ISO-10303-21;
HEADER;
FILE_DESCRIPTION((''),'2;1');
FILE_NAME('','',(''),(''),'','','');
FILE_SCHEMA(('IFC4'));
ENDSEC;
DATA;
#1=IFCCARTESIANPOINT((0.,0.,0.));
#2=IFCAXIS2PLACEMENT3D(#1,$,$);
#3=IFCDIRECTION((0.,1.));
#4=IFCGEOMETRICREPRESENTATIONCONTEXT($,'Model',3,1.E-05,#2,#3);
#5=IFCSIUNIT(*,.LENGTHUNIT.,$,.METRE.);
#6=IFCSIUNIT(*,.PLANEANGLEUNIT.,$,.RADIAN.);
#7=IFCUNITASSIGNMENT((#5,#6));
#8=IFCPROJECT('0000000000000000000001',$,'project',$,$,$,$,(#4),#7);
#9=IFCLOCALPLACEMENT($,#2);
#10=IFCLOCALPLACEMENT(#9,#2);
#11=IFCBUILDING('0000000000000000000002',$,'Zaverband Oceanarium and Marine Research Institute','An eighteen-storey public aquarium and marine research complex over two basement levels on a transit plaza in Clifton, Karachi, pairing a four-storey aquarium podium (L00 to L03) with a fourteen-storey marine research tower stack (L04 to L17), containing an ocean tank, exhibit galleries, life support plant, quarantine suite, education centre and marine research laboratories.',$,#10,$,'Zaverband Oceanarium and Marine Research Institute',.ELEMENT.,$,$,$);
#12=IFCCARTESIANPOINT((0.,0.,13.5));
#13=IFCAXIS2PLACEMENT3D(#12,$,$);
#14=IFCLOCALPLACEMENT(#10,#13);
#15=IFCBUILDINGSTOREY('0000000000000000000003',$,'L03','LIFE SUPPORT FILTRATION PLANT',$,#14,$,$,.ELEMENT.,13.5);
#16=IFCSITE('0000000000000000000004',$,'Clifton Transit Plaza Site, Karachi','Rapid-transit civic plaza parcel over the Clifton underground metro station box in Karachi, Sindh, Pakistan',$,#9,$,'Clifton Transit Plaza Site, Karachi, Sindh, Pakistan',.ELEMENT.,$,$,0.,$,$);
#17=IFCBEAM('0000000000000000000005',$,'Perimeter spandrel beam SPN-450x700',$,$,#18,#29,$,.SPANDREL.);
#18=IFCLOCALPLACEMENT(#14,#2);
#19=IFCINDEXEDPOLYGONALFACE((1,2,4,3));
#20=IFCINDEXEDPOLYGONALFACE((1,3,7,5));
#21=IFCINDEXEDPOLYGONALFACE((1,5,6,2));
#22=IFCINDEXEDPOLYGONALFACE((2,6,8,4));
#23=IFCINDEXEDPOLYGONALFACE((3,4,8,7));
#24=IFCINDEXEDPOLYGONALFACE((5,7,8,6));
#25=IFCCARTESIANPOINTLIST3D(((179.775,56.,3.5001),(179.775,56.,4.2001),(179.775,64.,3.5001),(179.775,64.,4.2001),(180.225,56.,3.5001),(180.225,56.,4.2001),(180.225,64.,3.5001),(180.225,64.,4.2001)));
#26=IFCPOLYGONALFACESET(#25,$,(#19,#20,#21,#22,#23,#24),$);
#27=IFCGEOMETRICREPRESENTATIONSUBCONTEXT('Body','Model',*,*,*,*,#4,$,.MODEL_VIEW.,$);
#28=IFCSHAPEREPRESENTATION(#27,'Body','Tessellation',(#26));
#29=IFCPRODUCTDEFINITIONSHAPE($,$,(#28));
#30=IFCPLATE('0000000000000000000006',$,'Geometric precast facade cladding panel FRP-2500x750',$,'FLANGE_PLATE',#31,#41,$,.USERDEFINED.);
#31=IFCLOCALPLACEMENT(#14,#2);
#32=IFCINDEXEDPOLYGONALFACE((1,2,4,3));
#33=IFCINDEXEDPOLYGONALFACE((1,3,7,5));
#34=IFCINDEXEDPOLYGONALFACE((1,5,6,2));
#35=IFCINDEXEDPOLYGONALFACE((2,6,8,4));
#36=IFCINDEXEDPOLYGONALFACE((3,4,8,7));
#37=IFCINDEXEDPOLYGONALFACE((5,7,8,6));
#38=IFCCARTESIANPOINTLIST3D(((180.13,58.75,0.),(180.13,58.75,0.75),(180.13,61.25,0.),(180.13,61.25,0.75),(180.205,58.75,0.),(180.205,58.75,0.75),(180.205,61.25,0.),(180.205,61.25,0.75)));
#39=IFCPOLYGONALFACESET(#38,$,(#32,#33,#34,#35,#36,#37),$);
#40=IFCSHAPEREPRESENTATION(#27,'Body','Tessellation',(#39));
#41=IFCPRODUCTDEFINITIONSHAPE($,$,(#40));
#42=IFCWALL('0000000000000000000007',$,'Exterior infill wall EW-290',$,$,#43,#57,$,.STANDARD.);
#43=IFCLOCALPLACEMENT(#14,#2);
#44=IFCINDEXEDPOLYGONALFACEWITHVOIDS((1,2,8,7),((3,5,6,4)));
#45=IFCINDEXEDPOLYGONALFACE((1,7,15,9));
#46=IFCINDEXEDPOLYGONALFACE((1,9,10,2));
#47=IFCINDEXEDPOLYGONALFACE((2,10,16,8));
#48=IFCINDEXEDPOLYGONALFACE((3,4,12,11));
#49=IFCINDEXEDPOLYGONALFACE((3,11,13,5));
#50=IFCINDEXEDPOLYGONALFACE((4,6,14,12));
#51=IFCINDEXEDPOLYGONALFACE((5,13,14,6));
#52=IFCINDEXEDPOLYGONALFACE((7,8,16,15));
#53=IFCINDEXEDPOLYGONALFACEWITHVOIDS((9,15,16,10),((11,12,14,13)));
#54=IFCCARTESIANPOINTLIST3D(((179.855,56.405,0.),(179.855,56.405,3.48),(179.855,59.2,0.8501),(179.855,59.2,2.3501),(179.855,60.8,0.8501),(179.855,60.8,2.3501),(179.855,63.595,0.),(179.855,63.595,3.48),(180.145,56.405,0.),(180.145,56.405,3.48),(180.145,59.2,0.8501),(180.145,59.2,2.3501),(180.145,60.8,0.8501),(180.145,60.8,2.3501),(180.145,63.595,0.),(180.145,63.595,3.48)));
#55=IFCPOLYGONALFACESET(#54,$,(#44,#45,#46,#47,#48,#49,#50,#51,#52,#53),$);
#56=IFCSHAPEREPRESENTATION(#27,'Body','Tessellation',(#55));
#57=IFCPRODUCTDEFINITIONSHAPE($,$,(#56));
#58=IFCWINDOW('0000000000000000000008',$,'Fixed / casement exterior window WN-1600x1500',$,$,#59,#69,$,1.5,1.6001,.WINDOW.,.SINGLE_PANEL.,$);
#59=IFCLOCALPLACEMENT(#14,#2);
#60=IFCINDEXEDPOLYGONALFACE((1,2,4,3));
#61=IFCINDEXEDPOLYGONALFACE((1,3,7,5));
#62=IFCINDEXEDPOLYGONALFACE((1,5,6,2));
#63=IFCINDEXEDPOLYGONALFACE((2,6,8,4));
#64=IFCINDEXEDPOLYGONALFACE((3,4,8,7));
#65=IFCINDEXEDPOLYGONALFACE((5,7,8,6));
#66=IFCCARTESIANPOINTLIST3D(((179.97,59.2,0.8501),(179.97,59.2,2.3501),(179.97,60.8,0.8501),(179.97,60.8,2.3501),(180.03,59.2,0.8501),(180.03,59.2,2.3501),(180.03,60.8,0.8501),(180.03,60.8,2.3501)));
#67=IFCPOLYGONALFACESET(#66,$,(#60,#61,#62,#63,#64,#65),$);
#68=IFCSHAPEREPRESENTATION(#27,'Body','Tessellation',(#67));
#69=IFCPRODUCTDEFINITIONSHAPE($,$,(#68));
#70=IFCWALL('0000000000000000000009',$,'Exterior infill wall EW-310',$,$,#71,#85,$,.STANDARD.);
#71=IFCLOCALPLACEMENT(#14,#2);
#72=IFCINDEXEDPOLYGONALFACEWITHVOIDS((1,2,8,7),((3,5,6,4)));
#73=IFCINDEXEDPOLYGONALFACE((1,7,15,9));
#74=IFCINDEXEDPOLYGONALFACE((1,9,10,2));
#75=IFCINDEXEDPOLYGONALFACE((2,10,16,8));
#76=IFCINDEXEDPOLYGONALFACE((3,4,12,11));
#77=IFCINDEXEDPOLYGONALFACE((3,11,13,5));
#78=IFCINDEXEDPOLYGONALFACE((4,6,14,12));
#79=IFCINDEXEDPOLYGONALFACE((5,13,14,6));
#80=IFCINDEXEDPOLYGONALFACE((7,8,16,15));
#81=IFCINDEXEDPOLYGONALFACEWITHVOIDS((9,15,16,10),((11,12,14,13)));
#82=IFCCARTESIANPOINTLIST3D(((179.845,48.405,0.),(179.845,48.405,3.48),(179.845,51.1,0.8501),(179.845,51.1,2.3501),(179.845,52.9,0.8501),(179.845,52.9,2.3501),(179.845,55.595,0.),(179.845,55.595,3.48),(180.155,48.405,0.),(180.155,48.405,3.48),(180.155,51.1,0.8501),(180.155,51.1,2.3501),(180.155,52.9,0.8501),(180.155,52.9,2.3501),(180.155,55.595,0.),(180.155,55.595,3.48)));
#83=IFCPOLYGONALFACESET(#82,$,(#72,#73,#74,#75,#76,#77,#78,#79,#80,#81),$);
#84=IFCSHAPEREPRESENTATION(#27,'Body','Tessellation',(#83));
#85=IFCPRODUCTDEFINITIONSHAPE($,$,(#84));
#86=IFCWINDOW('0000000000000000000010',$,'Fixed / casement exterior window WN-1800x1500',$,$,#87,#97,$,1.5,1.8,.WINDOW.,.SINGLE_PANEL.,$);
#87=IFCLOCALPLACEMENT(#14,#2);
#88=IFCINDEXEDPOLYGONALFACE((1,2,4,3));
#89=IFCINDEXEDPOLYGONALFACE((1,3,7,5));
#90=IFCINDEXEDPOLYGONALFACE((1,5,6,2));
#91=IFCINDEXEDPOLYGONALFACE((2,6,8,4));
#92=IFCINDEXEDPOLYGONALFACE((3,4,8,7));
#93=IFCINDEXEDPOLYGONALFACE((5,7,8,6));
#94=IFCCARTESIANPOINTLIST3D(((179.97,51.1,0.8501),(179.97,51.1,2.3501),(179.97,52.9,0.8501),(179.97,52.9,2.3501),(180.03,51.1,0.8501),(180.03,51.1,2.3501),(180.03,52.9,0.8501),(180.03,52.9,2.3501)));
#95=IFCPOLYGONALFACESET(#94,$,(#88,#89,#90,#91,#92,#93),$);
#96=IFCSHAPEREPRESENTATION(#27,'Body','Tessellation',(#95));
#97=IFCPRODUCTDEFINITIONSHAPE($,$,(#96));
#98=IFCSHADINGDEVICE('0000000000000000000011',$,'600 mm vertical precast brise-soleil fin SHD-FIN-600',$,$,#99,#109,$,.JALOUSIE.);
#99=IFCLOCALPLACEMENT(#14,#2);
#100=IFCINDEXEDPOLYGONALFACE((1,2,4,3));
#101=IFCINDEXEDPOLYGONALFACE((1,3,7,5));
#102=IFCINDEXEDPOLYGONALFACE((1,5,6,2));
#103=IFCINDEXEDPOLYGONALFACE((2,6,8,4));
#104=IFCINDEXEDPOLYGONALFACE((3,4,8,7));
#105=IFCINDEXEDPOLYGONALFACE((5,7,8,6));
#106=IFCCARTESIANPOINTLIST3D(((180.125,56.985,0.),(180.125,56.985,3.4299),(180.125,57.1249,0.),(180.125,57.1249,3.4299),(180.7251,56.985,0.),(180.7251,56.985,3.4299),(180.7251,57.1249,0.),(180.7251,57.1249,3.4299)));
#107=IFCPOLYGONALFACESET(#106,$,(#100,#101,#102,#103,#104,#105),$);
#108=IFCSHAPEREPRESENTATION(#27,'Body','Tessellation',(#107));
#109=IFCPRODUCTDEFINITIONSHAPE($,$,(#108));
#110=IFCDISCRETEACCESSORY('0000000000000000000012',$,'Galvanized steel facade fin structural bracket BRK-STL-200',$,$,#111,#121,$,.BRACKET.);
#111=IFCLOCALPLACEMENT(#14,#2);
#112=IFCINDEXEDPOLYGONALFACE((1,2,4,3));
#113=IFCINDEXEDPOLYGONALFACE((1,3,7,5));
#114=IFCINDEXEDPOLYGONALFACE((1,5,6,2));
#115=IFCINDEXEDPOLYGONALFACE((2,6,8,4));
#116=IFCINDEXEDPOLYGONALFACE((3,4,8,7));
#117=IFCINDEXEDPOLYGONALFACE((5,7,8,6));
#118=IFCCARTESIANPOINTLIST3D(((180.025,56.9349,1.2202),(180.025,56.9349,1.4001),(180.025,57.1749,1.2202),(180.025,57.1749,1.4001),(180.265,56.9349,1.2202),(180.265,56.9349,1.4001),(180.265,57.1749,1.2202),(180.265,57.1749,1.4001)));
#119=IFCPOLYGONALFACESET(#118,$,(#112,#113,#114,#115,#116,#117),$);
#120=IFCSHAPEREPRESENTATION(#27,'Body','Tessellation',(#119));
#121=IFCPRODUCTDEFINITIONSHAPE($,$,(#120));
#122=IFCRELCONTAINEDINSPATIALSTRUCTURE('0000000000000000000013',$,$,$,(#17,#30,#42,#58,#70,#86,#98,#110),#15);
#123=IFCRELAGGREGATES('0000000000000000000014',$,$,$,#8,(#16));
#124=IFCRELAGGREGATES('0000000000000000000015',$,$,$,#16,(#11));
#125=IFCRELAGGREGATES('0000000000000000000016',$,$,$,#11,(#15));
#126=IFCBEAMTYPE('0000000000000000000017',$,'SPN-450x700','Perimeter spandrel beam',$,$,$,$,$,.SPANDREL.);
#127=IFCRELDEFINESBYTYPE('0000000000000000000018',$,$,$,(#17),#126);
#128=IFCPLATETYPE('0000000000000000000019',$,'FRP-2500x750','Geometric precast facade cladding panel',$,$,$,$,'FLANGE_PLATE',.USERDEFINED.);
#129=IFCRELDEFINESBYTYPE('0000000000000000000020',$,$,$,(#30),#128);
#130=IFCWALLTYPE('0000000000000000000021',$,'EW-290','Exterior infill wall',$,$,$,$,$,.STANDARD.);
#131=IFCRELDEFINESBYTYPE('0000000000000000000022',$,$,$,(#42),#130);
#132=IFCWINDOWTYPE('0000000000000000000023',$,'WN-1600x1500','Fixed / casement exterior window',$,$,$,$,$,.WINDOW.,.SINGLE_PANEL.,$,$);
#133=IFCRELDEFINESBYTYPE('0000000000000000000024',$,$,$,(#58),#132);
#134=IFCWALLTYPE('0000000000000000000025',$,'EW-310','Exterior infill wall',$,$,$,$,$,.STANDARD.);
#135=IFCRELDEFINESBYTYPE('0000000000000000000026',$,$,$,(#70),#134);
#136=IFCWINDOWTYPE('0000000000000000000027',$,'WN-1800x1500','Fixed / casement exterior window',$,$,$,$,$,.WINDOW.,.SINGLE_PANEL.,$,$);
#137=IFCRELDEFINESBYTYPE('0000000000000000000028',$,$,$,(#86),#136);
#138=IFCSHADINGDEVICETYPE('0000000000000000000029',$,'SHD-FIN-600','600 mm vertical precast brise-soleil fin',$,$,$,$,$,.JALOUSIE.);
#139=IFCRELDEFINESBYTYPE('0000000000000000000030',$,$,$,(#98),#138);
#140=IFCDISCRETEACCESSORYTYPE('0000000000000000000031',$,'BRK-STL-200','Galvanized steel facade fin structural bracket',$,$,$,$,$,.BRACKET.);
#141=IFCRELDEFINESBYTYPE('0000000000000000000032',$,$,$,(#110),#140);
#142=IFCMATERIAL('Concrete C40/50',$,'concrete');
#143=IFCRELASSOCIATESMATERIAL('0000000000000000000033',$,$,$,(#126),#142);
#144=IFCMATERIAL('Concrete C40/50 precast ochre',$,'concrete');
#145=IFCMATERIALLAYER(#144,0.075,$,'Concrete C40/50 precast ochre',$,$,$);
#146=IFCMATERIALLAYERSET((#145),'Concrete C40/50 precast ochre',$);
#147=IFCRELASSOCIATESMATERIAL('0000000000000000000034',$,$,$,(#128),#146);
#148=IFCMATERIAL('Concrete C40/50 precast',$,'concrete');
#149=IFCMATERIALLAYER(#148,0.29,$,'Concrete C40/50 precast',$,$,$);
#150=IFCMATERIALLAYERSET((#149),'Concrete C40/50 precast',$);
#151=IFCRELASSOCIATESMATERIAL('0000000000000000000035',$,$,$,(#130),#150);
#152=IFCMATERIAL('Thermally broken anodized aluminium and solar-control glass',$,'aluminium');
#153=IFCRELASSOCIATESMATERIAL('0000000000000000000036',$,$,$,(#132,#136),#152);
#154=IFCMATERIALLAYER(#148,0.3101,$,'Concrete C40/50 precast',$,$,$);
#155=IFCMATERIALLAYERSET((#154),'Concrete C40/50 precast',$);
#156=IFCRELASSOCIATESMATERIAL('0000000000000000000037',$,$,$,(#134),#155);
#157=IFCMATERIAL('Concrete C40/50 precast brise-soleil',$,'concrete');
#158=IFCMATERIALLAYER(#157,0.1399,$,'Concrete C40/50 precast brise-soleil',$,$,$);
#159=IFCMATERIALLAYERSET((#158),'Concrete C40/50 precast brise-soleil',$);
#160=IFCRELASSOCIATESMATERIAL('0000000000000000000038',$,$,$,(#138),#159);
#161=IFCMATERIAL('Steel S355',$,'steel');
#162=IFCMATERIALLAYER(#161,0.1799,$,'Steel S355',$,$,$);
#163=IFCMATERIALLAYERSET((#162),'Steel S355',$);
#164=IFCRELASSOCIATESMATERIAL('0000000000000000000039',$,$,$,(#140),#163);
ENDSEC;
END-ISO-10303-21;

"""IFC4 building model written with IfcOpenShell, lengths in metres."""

from ifc_helpers import new_model, si_unit, direction, frame, frame_2d, origin, origin_2d, place, context, subcontext, project, spatial, rectangle, extrude, material, layer, layer_set, material_profile, profile_set, type_object, element, fill, save


model = new_model("IFC4")

# Units and contexts
model_context = context("Model", 3, precision=1e-05, world=origin(), true_north=direction((0.0, 1.0)))
body_context = subcontext(model_context, "Body", "Model", "MODEL_VIEW")
ifc_project = project(units=[si_unit("LENGTHUNIT", "METRE"), si_unit("PLANEANGLEUNIT", "RADIAN")], contexts=[model_context])

# Site, building, storey
site_placement = place(None, origin())
site = spatial("IfcSite", under=ifc_project, at=site_placement, Name="Clifton Transit Plaza Site, Karachi", Description="Rapid-transit civic plaza parcel over the Clifton underground metro station box in Karachi, Sindh, Pakistan", LongName="Clifton Transit Plaza Site, Karachi, Sindh, Pakistan", CompositionType="ELEMENT", RefElevation=0.0)
building_placement = place(site_placement, origin())
building = spatial("IfcBuilding", under=site, at=building_placement, Name="Zaverband Oceanarium and Marine Research Institute", Description="An eighteen-storey public aquarium and marine research complex over two basement levels on a transit plaza in Clifton, Karachi, pairing a four-storey aquarium podium (L00 to L03) with a fourteen-storey marine research tower stack (L04 to L17), containing an ocean tank, exhibit galleries, life support plant, quarantine suite, education centre and marine research laboratories.", LongName="Zaverband Oceanarium and Marine Research Institute", CompositionType="ELEMENT")
storey_placement = place(building_placement, frame((0.0, 0.0, 13.5)))
storey = spatial("IfcBuildingStorey", under=building, at=storey_placement, Name="L03", Description="LIFE SUPPORT FILTRATION PLANT", CompositionType="ELEMENT", Elevation=13.5)

# Beam
ifc_material_1 = material(Name="Concrete C40/50", Category="concrete")
ifc_material_profile_1 = material_profile(ifc_material_1, rectangle(XDim=0.45, YDim=0.7, at=origin_2d()), Name="RC450x700")
ifc_profile_set_1 = profile_set([ifc_material_profile_1], Name="Concrete C40/50")
beam_type_1 = type_object("IfcBeamType", Name="SPN-450x700", Description="Perimeter spandrel beam", PredefinedType="SPANDREL", material=ifc_profile_set_1)
for number, where, z_axis, x_axis, name in (
    (1, (180.0, 56.0, 3.8501), (0.0, 1.0, 0.0), (-1.0, 0.0, 0.0), "Perimeter spandrel beam SPN-450x700"),
):
    element("IfcBeam", number, at=place(storey_placement, frame(where, z_axis=z_axis, x_axis=x_axis)), inside=storey, type_object=beam_type_1, Name=name, PredefinedType="SPANDREL", context=body_context, shape_type="SweptSolid", body=[
        extrude(rectangle(XDim=0.45, YDim=0.7, at=origin_2d()), origin(), (0.0, 0.0, 1.0), 8.0),
    ])

# Plate
ifc_material_2 = material(Name="Concrete C40/50 precast ochre", Category="concrete")
ifc_layer_1 = layer(ifc_material_2, 0.075, Name="Concrete C40/50 precast ochre")
ifc_layer_set_1 = layer_set([ifc_layer_1], Name="Concrete C40/50 precast ochre")
plate_type = type_object("IfcPlateType", Name="FRP-2500x750", Description="Geometric precast facade cladding panel", ElementType="FLANGE_PLATE", PredefinedType="USERDEFINED", material=ifc_layer_set_1)
plate_placement = place(storey_placement, frame((180.1675, 58.75, 0.0), z_axis=(0.0, 0.0, 1.0), x_axis=(0.0, 1.0, 0.0)))
element("IfcPlate", 2, at=plate_placement, inside=storey, type_object=plate_type, Name="Geometric precast facade cladding panel FRP-2500x750", ObjectType="FLANGE_PLATE", PredefinedType="USERDEFINED", context=body_context, shape_type="SweptSolid", body=[
    extrude(rectangle(XDim=2.5, YDim=0.075, at=frame_2d((1.25, 0.0))), origin(), (0.0, 0.0, 1.0), 0.75),
])

# Walls, openings, windows
ifc_material_3 = material(Name="Concrete C40/50 precast", Category="concrete")
ifc_layer_2 = layer(ifc_material_3, 0.29, Name="Concrete C40/50 precast")
ifc_layer_set_2 = layer_set([ifc_layer_2], Name="Concrete C40/50 precast")
wall_type_1 = type_object("IfcWallType", Name="EW-290", Description="Exterior infill wall", PredefinedType="STANDARD", material=ifc_layer_set_2)
wall_1_placement = place(storey_placement, frame((180.0, 56.405, 0.0), z_axis=(0.0, 0.0, 1.0), x_axis=(0.0, 1.0, 0.0)))
wall_1 = element("IfcWall", 3, at=wall_1_placement, inside=storey, type_object=wall_type_1, Name="Exterior infill wall EW-290", PredefinedType="STANDARD", context=body_context, shape_type="SweptSolid", body=[
    extrude(rectangle(XDim=7.1899, YDim=0.29, at=frame_2d((3.595, 0.0))), origin(), (0.0, 0.0, 1.0), 3.48),
])
opening_1_placement = place(wall_1_placement, frame((2.7949, 0.0, 0.8501)))
opening_1 = element("IfcOpeningElement", 4, at=opening_1_placement, cuts=wall_1, PredefinedType="OPENING", context=body_context, shape_type="SweptSolid", body=[
    extrude(rectangle(XDim=1.6001, YDim=1.5, at=frame_2d((0.8, 0.75))), frame((0.0, 0.157, 0.0), z_axis=(0.0, -1.0, 0.0), x_axis=(1.0, 0.0, 0.0)), (0.0, 0.0, 1.0), 0.314),
])
ifc_material_4 = material(Name="Thermally broken anodized aluminium and solar-control glass", Category="aluminium")
window_type_1 = type_object("IfcWindowType", Name="WN-1600x1500", Description="Fixed / casement exterior window", PartitioningType="SINGLE_PANEL", PredefinedType="WINDOW", material=ifc_material_4)
window_1_placement = place(opening_1_placement, origin())
window_1 = element("IfcWindow", 5, at=window_1_placement, inside=storey, type_object=window_type_1, Name="Fixed / casement exterior window WN-1600x1500", OverallHeight=1.5, OverallWidth=1.6001, PartitioningType="SINGLE_PANEL", PredefinedType="WINDOW", context=body_context, shape_type="SweptSolid", body=[
    extrude(rectangle(XDim=1.6001, YDim=1.5, at=frame_2d((0.8, 0.75))), frame((0.0, 0.03, 0.0), z_axis=(0.0, -1.0, 0.0), x_axis=(1.0, 0.0, 0.0)), (0.0, 0.0, 1.0), 0.0601),
])
fill(opening_1, window_1)
ifc_layer_3 = layer(ifc_material_3, 0.3101, Name="Concrete C40/50 precast")
ifc_layer_set_3 = layer_set([ifc_layer_3], Name="Concrete C40/50 precast")
wall_type_2 = type_object("IfcWallType", Name="EW-310", Description="Exterior infill wall", PredefinedType="STANDARD", material=ifc_layer_set_3)
wall_2_placement = place(storey_placement, frame((180.0, 48.405, 0.0), z_axis=(0.0, 0.0, 1.0), x_axis=(0.0, 1.0, 0.0)))
wall_2 = element("IfcWall", 6, at=wall_2_placement, inside=storey, type_object=wall_type_2, Name="Exterior infill wall EW-310", PredefinedType="STANDARD", context=body_context, shape_type="SweptSolid", body=[
    extrude(rectangle(XDim=7.1899, YDim=0.3101, at=frame_2d((3.595, 0.0))), origin(), (0.0, 0.0, 1.0), 3.48),
])
opening_2_placement = place(wall_2_placement, frame((2.6951, 0.0, 0.8501)))
opening_2 = element("IfcOpeningElement", 7, at=opening_2_placement, cuts=wall_2, PredefinedType="OPENING", context=body_context, shape_type="SweptSolid", body=[
    extrude(rectangle(XDim=1.8, YDim=1.5, at=frame_2d((0.8999, 0.75))), frame((0.0, 0.167, 0.0), z_axis=(0.0, -1.0, 0.0), x_axis=(1.0, 0.0, 0.0)), (0.0, 0.0, 1.0), 0.334),
])
window_type_2 = type_object("IfcWindowType", Name="WN-1800x1500", Description="Fixed / casement exterior window", PartitioningType="SINGLE_PANEL", PredefinedType="WINDOW", material=ifc_material_4)
window_2_placement = place(opening_2_placement, origin())
window_2 = element("IfcWindow", 8, at=window_2_placement, inside=storey, type_object=window_type_2, Name="Fixed / casement exterior window WN-1800x1500", OverallHeight=1.5, OverallWidth=1.8, PartitioningType="SINGLE_PANEL", PredefinedType="WINDOW", context=body_context, shape_type="SweptSolid", body=[
    extrude(rectangle(XDim=1.8, YDim=1.5, at=frame_2d((0.8999, 0.75))), frame((0.0, 0.03, 0.0), z_axis=(0.0, -1.0, 0.0), x_axis=(1.0, 0.0, 0.0)), (0.0, 0.0, 1.0), 0.0601),
])
fill(opening_2, window_2)

# Shading device
ifc_material_5 = material(Name="Concrete C40/50 precast brise-soleil", Category="concrete")
ifc_layer_4 = layer(ifc_material_5, 0.1399, Name="Concrete C40/50 precast brise-soleil")
ifc_layer_set_4 = layer_set([ifc_layer_4], Name="Concrete C40/50 precast brise-soleil")
shading_device_type = type_object("IfcShadingDeviceType", Name="SHD-FIN-600", Description="600 mm vertical precast brise-soleil fin", PredefinedType="JALOUSIE", material=ifc_layer_set_4)
shading_device_placement = place(storey_placement, frame((180.125, 57.0549, 0.0), z_axis=(0.0, 0.0, 1.0), x_axis=(1.0, 0.0, 0.0)))
element("IfcShadingDevice", 9, at=shading_device_placement, inside=storey, type_object=shading_device_type, Name="600 mm vertical precast brise-soleil fin SHD-FIN-600", PredefinedType="JALOUSIE", context=body_context, shape_type="SweptSolid", body=[
    extrude(rectangle(XDim=0.6001, YDim=0.1399, at=frame_2d((0.3, 0.0))), origin(), (0.0, 0.0, 1.0), 3.4299),
])

# Discrete accessory
ifc_material_6 = material(Name="Steel S355", Category="steel")
ifc_layer_5 = layer(ifc_material_6, 0.1799, Name="Steel S355")
ifc_layer_set_5 = layer_set([ifc_layer_5], Name="Steel S355")
discrete_accessory_type = type_object("IfcDiscreteAccessoryType", Name="BRK-STL-200", Description="Galvanized steel facade fin structural bracket", PredefinedType="BRACKET", material=ifc_layer_set_5)
discrete_accessory_placement = place(storey_placement, frame((180.145, 57.0549, 1.2202), z_axis=(0.0, 0.0, 1.0), x_axis=(1.0, 0.0, 0.0)))
element("IfcDiscreteAccessory", 10, at=discrete_accessory_placement, inside=storey, type_object=discrete_accessory_type, Name="Galvanized steel facade fin structural bracket BRK-STL-200", PredefinedType="BRACKET", context=body_context, shape_type="SweptSolid", body=[
    extrude(rectangle(XDim=0.24, YDim=0.24, at=origin_2d()), origin(), (0.0, 0.0, 1.0), 0.1799),
])

save(model, "model.ifc")
